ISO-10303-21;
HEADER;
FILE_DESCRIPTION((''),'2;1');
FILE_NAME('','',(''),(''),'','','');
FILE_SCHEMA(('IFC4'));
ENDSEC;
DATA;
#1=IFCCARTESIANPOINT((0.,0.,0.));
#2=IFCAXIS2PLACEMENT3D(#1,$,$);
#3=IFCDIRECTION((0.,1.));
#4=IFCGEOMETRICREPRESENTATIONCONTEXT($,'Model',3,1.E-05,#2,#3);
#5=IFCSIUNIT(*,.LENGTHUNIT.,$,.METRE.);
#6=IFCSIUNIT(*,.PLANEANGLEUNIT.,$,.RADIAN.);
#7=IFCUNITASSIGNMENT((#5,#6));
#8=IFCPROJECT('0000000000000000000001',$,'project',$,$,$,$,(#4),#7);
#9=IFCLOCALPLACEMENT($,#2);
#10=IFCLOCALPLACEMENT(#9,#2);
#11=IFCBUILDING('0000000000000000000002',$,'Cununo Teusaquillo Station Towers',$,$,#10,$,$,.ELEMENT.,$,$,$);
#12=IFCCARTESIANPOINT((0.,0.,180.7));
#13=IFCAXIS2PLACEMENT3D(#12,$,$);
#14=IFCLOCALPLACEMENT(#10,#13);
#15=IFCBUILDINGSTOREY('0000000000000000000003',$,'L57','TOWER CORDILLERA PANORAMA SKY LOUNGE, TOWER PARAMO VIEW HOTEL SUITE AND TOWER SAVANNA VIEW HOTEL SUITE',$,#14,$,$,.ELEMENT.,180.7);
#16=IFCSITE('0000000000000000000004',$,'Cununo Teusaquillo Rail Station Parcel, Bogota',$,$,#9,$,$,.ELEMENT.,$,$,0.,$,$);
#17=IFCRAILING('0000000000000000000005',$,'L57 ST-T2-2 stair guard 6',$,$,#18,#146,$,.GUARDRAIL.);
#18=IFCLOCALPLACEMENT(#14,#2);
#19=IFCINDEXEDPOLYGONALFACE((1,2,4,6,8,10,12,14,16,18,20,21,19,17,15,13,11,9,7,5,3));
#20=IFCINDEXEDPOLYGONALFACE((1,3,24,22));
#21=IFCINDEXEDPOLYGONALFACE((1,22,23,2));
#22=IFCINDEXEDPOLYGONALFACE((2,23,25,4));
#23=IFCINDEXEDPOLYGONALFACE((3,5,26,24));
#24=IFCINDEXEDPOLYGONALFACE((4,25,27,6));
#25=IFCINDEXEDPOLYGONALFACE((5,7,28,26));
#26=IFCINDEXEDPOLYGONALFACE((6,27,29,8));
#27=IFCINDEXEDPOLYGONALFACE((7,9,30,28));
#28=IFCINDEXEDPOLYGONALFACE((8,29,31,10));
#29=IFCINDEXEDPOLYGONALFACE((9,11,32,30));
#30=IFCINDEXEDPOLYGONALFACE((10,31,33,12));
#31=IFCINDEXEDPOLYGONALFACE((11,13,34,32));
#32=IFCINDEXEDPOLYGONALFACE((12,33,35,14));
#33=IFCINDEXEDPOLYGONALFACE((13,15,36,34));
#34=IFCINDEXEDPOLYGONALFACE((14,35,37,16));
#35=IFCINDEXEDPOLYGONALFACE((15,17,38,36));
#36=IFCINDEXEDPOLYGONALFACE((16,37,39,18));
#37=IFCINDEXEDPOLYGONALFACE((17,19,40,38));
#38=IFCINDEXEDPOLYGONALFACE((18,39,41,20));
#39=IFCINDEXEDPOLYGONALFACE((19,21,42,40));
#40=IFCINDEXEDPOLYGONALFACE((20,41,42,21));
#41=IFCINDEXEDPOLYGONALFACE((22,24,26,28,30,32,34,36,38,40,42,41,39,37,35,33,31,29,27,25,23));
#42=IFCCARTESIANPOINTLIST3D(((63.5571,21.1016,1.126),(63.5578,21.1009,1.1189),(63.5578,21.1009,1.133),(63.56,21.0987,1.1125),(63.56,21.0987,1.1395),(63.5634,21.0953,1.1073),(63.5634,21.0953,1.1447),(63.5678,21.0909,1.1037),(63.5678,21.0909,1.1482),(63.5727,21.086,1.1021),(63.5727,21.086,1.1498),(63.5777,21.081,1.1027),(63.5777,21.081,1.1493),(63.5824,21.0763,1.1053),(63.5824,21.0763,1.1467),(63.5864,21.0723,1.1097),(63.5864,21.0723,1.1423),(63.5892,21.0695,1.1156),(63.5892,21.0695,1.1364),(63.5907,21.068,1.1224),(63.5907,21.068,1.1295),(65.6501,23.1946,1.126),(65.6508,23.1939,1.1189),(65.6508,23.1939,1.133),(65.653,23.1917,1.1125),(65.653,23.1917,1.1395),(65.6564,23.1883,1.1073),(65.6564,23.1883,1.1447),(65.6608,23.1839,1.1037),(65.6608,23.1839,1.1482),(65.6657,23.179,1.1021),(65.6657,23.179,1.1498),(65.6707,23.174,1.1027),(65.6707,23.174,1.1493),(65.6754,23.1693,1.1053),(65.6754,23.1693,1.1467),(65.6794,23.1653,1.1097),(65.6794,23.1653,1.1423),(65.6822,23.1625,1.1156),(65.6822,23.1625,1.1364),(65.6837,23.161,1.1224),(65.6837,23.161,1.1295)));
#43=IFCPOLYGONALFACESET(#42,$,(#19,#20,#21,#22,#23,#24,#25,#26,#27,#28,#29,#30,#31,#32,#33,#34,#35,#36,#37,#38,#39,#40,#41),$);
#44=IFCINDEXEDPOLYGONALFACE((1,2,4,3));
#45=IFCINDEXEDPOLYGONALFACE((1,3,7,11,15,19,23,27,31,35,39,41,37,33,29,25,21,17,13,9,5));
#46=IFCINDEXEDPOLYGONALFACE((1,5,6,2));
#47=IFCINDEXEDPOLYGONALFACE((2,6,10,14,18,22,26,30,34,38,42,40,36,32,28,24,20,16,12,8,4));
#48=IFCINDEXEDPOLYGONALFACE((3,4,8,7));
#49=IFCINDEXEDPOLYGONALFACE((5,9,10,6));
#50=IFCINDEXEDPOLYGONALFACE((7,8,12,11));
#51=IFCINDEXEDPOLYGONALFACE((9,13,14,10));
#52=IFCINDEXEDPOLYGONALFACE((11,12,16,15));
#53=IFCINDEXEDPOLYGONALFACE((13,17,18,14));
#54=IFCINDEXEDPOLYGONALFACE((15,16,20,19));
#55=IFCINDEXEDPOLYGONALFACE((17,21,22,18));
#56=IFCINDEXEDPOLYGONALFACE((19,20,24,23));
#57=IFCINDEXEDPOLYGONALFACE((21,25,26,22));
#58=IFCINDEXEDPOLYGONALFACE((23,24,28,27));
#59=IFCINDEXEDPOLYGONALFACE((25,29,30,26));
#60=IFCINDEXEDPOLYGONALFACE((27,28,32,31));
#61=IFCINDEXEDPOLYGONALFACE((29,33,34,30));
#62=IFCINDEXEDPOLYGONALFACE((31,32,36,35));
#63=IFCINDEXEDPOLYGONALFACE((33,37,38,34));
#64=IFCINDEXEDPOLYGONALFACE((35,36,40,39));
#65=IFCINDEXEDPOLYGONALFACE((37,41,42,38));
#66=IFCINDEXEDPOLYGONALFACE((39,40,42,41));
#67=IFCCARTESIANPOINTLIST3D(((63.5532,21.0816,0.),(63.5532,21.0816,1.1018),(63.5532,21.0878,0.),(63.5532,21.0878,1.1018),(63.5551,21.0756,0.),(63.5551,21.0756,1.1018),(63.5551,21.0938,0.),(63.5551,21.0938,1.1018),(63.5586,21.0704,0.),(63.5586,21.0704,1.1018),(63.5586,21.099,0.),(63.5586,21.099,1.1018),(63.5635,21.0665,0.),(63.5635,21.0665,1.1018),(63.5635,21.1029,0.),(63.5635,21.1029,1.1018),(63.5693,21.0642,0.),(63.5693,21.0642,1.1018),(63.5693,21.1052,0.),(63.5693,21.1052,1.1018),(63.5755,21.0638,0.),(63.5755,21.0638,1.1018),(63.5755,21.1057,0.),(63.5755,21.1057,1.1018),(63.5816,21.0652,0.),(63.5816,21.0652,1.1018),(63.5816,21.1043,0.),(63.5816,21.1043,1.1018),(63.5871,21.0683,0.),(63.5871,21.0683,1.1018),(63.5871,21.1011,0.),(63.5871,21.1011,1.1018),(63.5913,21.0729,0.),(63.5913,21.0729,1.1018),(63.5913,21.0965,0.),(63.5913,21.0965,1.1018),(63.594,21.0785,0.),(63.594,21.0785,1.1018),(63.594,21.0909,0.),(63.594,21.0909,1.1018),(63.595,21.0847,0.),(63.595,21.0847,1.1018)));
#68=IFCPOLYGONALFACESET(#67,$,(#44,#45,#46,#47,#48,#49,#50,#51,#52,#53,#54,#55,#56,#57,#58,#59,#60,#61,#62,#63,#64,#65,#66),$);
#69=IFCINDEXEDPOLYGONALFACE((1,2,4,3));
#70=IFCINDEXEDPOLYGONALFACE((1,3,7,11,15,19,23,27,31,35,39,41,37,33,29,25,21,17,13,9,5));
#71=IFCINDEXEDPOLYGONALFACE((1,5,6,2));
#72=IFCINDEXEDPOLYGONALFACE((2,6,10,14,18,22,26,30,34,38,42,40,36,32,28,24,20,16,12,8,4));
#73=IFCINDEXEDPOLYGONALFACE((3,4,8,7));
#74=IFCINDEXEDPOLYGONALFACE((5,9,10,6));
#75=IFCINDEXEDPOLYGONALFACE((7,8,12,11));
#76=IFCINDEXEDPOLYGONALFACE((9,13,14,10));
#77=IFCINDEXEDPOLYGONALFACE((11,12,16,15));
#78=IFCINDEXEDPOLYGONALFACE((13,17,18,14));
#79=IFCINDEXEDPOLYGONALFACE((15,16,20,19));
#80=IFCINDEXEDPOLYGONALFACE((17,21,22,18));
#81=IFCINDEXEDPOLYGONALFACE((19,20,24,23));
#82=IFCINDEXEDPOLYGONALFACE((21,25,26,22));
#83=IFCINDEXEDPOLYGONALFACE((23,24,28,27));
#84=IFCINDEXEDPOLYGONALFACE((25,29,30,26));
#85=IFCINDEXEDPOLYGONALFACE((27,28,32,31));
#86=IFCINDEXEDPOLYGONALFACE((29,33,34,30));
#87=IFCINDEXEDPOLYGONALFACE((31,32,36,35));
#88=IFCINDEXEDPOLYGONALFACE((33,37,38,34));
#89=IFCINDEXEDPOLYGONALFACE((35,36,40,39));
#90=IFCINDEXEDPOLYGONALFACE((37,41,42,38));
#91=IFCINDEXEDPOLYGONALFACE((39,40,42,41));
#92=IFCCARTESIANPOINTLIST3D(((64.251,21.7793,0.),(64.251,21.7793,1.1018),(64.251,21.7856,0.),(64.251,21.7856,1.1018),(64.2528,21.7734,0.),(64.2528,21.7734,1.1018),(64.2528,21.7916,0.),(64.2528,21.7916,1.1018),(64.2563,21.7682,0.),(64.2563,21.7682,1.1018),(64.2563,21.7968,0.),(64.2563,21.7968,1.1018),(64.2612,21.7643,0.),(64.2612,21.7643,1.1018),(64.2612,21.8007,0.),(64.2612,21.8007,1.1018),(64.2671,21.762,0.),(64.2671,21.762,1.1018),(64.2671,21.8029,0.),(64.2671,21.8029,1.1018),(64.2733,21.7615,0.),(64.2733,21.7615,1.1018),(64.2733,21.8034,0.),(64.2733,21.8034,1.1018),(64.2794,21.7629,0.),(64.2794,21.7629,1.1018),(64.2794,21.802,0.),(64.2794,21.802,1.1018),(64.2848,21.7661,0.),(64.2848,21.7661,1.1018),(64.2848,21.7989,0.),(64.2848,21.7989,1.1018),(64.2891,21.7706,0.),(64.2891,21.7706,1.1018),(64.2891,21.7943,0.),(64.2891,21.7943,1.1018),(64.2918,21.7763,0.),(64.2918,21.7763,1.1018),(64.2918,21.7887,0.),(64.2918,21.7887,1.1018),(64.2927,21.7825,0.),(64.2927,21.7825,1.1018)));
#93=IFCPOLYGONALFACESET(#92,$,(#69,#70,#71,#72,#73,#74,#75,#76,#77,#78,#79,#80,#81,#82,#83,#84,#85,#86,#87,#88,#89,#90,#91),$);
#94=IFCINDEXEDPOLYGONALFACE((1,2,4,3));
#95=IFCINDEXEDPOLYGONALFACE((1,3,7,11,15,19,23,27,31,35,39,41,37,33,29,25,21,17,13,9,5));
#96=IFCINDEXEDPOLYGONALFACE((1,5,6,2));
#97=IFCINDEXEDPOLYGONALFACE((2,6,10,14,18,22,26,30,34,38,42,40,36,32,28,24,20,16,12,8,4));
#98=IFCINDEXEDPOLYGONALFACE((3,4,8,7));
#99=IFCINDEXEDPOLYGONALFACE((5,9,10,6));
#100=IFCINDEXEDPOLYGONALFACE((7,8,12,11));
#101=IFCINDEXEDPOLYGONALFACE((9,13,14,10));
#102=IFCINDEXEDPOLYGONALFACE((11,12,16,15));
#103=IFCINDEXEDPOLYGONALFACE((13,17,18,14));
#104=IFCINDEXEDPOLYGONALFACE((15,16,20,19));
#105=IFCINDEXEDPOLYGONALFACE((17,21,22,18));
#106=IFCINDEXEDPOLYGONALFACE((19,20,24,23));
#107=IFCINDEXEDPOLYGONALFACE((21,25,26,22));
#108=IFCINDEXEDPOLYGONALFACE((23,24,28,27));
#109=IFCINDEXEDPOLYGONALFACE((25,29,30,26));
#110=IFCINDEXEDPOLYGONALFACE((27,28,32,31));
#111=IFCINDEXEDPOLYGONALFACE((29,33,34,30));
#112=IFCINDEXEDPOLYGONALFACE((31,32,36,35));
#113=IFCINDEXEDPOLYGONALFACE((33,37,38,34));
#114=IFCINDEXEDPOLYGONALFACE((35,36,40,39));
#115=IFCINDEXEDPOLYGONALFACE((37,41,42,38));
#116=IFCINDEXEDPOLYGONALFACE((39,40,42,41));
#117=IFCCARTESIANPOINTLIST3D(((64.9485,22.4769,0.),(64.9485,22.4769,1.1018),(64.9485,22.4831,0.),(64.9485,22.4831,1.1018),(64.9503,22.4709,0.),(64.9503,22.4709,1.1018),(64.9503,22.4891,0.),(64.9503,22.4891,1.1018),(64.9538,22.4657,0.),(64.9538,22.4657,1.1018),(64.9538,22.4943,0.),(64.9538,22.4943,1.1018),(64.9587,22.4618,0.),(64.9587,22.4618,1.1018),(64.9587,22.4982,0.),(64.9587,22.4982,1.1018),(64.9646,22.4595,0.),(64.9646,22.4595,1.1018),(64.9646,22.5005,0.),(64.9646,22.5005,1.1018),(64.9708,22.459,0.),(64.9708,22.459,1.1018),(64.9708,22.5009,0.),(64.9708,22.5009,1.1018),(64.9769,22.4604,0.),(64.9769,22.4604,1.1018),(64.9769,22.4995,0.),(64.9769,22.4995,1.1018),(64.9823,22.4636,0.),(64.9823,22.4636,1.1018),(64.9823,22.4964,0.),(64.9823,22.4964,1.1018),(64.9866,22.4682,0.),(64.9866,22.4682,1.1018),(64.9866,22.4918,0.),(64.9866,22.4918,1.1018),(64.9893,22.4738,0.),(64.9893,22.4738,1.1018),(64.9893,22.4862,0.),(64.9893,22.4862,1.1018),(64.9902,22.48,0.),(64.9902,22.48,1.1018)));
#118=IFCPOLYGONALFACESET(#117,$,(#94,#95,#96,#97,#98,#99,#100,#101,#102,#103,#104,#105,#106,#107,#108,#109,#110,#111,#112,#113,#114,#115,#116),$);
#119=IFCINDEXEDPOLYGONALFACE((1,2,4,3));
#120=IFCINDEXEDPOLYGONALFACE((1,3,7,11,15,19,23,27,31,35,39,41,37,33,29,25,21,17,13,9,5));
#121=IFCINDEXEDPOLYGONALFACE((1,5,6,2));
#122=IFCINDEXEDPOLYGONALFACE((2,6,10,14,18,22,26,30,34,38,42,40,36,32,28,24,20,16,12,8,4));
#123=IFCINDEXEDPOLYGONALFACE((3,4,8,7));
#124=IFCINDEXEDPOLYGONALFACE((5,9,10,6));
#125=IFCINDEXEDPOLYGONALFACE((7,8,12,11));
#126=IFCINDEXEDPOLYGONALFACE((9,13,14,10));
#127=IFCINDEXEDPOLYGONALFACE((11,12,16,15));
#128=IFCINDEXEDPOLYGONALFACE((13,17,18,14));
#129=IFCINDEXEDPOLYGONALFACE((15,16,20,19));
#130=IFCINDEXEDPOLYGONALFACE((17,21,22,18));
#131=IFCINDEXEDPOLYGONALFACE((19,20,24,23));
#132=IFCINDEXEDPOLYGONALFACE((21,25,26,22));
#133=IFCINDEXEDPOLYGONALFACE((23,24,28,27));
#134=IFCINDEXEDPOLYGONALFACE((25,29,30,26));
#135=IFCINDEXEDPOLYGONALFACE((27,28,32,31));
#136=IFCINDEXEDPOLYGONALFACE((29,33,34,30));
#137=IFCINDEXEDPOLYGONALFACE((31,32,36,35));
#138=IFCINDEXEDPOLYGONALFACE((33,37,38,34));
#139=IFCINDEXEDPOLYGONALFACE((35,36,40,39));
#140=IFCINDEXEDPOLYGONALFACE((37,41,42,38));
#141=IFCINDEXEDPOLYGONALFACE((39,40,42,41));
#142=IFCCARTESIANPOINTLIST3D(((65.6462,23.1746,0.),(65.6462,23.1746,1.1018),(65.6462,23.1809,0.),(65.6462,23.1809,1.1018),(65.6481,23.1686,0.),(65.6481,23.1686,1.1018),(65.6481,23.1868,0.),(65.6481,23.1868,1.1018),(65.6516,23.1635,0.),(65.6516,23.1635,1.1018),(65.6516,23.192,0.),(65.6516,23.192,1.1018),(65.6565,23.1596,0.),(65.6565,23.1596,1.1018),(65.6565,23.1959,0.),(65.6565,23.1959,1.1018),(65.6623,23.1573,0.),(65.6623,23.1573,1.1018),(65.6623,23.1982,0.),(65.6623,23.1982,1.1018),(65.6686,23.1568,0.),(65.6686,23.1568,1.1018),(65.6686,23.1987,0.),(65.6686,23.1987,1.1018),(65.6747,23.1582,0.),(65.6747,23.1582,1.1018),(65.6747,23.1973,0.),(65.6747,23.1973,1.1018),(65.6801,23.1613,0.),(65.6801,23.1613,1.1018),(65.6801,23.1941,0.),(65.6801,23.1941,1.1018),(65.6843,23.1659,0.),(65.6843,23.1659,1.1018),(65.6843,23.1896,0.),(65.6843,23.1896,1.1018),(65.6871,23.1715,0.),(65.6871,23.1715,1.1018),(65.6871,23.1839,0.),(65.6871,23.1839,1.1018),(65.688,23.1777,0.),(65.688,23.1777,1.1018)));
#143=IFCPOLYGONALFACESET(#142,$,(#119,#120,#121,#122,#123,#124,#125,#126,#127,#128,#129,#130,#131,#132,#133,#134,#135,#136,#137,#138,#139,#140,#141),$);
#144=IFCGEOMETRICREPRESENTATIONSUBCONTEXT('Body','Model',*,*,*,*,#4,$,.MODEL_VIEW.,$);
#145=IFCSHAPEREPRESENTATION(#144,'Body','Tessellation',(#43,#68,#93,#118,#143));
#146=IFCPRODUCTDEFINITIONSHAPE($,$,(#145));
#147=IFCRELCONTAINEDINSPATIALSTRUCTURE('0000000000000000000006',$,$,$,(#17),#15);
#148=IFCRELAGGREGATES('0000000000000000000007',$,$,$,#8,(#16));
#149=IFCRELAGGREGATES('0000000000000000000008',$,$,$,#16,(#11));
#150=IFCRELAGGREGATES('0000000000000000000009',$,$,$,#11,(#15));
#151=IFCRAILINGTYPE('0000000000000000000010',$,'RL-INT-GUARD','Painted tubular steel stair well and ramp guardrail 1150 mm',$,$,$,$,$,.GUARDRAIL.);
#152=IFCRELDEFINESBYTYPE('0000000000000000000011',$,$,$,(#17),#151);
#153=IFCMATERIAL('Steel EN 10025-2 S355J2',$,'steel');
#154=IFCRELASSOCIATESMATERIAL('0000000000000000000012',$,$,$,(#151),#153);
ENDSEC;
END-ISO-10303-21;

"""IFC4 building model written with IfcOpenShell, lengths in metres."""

from ifc_helpers import new_model, si_unit, direction, frame, origin, origin_2d, place, context, subcontext, project, spatial, circle, extrude, material, type_object, element, save


model = new_model("IFC4")

# Units and contexts
model_context = context("Model", 3, precision=1e-05, world=origin(), true_north=direction((0.0, 1.0)))
body_context = subcontext(model_context, "Body", "Model", "MODEL_VIEW")
ifc_project = project(units=[si_unit("LENGTHUNIT", "METRE"), si_unit("PLANEANGLEUNIT", "RADIAN")], contexts=[model_context])

# Site, building, storey
site_placement = place(None, origin())
site = spatial("IfcSite", under=ifc_project, at=site_placement, Name="Cununo Teusaquillo Rail Station Parcel, Bogota", CompositionType="ELEMENT", RefElevation=0.0)
building_placement = place(site_placement, origin())
building = spatial("IfcBuilding", under=site, at=building_placement, Name="Cununo Teusaquillo Station Towers", CompositionType="ELEMENT")
storey_placement = place(building_placement, frame((0.0, 0.0, 180.7)))
storey = spatial("IfcBuildingStorey", under=building, at=storey_placement, Name="L57", Description="TOWER CORDILLERA PANORAMA SKY LOUNGE, TOWER PARAMO VIEW HOTEL SUITE AND TOWER SAVANNA VIEW HOTEL SUITE", CompositionType="ELEMENT", Elevation=180.7)

# Railing
ifc_material_1 = material(Name="Steel EN 10025-2 S355J2", Category="steel")
railing_type = type_object("IfcRailingType", Name="RL-INT-GUARD", Description="Painted tubular steel stair well and ramp guardrail 1150 mm", PredefinedType="GUARDRAIL", material=ifc_material_1)
railing_1_placement = place(storey_placement, frame((63.574, 21.0847, 0.0)))
element("IfcRailing", 1, at=railing_1_placement, inside=storey, type_object=railing_type, Name="L57 ST-T2-2 stair guard 6", PredefinedType="GUARDRAIL", context=body_context, shape_type="SweptSolid", body=[
    extrude(circle(Radius=0.0239, at=origin_2d()), frame((0.0, 0.0, 1.126), z_axis=(0.707107, 0.707107, 0.0), x_axis=(-0.707107, 0.707107, 0.0)), (0.0, 0.0, 1.0), 2.96),
    extrude(circle(Radius=0.021, at=origin_2d()), origin(), (0.0, 0.0, 1.0), 1.1018),
    extrude(circle(Radius=0.021, at=origin_2d()), frame((0.6978, 0.6978, 0.0)), (0.0, 0.0, 1.0), 1.1018),
    extrude(circle(Radius=0.021, at=origin_2d()), frame((1.3953, 1.3953, 0.0)), (0.0, 0.0, 1.0), 1.1018),
    extrude(circle(Radius=0.021, at=origin_2d()), frame((2.093, 2.093, 0.0)), (0.0, 0.0, 1.0), 1.1018),
])

save(model, "model.ifc")
